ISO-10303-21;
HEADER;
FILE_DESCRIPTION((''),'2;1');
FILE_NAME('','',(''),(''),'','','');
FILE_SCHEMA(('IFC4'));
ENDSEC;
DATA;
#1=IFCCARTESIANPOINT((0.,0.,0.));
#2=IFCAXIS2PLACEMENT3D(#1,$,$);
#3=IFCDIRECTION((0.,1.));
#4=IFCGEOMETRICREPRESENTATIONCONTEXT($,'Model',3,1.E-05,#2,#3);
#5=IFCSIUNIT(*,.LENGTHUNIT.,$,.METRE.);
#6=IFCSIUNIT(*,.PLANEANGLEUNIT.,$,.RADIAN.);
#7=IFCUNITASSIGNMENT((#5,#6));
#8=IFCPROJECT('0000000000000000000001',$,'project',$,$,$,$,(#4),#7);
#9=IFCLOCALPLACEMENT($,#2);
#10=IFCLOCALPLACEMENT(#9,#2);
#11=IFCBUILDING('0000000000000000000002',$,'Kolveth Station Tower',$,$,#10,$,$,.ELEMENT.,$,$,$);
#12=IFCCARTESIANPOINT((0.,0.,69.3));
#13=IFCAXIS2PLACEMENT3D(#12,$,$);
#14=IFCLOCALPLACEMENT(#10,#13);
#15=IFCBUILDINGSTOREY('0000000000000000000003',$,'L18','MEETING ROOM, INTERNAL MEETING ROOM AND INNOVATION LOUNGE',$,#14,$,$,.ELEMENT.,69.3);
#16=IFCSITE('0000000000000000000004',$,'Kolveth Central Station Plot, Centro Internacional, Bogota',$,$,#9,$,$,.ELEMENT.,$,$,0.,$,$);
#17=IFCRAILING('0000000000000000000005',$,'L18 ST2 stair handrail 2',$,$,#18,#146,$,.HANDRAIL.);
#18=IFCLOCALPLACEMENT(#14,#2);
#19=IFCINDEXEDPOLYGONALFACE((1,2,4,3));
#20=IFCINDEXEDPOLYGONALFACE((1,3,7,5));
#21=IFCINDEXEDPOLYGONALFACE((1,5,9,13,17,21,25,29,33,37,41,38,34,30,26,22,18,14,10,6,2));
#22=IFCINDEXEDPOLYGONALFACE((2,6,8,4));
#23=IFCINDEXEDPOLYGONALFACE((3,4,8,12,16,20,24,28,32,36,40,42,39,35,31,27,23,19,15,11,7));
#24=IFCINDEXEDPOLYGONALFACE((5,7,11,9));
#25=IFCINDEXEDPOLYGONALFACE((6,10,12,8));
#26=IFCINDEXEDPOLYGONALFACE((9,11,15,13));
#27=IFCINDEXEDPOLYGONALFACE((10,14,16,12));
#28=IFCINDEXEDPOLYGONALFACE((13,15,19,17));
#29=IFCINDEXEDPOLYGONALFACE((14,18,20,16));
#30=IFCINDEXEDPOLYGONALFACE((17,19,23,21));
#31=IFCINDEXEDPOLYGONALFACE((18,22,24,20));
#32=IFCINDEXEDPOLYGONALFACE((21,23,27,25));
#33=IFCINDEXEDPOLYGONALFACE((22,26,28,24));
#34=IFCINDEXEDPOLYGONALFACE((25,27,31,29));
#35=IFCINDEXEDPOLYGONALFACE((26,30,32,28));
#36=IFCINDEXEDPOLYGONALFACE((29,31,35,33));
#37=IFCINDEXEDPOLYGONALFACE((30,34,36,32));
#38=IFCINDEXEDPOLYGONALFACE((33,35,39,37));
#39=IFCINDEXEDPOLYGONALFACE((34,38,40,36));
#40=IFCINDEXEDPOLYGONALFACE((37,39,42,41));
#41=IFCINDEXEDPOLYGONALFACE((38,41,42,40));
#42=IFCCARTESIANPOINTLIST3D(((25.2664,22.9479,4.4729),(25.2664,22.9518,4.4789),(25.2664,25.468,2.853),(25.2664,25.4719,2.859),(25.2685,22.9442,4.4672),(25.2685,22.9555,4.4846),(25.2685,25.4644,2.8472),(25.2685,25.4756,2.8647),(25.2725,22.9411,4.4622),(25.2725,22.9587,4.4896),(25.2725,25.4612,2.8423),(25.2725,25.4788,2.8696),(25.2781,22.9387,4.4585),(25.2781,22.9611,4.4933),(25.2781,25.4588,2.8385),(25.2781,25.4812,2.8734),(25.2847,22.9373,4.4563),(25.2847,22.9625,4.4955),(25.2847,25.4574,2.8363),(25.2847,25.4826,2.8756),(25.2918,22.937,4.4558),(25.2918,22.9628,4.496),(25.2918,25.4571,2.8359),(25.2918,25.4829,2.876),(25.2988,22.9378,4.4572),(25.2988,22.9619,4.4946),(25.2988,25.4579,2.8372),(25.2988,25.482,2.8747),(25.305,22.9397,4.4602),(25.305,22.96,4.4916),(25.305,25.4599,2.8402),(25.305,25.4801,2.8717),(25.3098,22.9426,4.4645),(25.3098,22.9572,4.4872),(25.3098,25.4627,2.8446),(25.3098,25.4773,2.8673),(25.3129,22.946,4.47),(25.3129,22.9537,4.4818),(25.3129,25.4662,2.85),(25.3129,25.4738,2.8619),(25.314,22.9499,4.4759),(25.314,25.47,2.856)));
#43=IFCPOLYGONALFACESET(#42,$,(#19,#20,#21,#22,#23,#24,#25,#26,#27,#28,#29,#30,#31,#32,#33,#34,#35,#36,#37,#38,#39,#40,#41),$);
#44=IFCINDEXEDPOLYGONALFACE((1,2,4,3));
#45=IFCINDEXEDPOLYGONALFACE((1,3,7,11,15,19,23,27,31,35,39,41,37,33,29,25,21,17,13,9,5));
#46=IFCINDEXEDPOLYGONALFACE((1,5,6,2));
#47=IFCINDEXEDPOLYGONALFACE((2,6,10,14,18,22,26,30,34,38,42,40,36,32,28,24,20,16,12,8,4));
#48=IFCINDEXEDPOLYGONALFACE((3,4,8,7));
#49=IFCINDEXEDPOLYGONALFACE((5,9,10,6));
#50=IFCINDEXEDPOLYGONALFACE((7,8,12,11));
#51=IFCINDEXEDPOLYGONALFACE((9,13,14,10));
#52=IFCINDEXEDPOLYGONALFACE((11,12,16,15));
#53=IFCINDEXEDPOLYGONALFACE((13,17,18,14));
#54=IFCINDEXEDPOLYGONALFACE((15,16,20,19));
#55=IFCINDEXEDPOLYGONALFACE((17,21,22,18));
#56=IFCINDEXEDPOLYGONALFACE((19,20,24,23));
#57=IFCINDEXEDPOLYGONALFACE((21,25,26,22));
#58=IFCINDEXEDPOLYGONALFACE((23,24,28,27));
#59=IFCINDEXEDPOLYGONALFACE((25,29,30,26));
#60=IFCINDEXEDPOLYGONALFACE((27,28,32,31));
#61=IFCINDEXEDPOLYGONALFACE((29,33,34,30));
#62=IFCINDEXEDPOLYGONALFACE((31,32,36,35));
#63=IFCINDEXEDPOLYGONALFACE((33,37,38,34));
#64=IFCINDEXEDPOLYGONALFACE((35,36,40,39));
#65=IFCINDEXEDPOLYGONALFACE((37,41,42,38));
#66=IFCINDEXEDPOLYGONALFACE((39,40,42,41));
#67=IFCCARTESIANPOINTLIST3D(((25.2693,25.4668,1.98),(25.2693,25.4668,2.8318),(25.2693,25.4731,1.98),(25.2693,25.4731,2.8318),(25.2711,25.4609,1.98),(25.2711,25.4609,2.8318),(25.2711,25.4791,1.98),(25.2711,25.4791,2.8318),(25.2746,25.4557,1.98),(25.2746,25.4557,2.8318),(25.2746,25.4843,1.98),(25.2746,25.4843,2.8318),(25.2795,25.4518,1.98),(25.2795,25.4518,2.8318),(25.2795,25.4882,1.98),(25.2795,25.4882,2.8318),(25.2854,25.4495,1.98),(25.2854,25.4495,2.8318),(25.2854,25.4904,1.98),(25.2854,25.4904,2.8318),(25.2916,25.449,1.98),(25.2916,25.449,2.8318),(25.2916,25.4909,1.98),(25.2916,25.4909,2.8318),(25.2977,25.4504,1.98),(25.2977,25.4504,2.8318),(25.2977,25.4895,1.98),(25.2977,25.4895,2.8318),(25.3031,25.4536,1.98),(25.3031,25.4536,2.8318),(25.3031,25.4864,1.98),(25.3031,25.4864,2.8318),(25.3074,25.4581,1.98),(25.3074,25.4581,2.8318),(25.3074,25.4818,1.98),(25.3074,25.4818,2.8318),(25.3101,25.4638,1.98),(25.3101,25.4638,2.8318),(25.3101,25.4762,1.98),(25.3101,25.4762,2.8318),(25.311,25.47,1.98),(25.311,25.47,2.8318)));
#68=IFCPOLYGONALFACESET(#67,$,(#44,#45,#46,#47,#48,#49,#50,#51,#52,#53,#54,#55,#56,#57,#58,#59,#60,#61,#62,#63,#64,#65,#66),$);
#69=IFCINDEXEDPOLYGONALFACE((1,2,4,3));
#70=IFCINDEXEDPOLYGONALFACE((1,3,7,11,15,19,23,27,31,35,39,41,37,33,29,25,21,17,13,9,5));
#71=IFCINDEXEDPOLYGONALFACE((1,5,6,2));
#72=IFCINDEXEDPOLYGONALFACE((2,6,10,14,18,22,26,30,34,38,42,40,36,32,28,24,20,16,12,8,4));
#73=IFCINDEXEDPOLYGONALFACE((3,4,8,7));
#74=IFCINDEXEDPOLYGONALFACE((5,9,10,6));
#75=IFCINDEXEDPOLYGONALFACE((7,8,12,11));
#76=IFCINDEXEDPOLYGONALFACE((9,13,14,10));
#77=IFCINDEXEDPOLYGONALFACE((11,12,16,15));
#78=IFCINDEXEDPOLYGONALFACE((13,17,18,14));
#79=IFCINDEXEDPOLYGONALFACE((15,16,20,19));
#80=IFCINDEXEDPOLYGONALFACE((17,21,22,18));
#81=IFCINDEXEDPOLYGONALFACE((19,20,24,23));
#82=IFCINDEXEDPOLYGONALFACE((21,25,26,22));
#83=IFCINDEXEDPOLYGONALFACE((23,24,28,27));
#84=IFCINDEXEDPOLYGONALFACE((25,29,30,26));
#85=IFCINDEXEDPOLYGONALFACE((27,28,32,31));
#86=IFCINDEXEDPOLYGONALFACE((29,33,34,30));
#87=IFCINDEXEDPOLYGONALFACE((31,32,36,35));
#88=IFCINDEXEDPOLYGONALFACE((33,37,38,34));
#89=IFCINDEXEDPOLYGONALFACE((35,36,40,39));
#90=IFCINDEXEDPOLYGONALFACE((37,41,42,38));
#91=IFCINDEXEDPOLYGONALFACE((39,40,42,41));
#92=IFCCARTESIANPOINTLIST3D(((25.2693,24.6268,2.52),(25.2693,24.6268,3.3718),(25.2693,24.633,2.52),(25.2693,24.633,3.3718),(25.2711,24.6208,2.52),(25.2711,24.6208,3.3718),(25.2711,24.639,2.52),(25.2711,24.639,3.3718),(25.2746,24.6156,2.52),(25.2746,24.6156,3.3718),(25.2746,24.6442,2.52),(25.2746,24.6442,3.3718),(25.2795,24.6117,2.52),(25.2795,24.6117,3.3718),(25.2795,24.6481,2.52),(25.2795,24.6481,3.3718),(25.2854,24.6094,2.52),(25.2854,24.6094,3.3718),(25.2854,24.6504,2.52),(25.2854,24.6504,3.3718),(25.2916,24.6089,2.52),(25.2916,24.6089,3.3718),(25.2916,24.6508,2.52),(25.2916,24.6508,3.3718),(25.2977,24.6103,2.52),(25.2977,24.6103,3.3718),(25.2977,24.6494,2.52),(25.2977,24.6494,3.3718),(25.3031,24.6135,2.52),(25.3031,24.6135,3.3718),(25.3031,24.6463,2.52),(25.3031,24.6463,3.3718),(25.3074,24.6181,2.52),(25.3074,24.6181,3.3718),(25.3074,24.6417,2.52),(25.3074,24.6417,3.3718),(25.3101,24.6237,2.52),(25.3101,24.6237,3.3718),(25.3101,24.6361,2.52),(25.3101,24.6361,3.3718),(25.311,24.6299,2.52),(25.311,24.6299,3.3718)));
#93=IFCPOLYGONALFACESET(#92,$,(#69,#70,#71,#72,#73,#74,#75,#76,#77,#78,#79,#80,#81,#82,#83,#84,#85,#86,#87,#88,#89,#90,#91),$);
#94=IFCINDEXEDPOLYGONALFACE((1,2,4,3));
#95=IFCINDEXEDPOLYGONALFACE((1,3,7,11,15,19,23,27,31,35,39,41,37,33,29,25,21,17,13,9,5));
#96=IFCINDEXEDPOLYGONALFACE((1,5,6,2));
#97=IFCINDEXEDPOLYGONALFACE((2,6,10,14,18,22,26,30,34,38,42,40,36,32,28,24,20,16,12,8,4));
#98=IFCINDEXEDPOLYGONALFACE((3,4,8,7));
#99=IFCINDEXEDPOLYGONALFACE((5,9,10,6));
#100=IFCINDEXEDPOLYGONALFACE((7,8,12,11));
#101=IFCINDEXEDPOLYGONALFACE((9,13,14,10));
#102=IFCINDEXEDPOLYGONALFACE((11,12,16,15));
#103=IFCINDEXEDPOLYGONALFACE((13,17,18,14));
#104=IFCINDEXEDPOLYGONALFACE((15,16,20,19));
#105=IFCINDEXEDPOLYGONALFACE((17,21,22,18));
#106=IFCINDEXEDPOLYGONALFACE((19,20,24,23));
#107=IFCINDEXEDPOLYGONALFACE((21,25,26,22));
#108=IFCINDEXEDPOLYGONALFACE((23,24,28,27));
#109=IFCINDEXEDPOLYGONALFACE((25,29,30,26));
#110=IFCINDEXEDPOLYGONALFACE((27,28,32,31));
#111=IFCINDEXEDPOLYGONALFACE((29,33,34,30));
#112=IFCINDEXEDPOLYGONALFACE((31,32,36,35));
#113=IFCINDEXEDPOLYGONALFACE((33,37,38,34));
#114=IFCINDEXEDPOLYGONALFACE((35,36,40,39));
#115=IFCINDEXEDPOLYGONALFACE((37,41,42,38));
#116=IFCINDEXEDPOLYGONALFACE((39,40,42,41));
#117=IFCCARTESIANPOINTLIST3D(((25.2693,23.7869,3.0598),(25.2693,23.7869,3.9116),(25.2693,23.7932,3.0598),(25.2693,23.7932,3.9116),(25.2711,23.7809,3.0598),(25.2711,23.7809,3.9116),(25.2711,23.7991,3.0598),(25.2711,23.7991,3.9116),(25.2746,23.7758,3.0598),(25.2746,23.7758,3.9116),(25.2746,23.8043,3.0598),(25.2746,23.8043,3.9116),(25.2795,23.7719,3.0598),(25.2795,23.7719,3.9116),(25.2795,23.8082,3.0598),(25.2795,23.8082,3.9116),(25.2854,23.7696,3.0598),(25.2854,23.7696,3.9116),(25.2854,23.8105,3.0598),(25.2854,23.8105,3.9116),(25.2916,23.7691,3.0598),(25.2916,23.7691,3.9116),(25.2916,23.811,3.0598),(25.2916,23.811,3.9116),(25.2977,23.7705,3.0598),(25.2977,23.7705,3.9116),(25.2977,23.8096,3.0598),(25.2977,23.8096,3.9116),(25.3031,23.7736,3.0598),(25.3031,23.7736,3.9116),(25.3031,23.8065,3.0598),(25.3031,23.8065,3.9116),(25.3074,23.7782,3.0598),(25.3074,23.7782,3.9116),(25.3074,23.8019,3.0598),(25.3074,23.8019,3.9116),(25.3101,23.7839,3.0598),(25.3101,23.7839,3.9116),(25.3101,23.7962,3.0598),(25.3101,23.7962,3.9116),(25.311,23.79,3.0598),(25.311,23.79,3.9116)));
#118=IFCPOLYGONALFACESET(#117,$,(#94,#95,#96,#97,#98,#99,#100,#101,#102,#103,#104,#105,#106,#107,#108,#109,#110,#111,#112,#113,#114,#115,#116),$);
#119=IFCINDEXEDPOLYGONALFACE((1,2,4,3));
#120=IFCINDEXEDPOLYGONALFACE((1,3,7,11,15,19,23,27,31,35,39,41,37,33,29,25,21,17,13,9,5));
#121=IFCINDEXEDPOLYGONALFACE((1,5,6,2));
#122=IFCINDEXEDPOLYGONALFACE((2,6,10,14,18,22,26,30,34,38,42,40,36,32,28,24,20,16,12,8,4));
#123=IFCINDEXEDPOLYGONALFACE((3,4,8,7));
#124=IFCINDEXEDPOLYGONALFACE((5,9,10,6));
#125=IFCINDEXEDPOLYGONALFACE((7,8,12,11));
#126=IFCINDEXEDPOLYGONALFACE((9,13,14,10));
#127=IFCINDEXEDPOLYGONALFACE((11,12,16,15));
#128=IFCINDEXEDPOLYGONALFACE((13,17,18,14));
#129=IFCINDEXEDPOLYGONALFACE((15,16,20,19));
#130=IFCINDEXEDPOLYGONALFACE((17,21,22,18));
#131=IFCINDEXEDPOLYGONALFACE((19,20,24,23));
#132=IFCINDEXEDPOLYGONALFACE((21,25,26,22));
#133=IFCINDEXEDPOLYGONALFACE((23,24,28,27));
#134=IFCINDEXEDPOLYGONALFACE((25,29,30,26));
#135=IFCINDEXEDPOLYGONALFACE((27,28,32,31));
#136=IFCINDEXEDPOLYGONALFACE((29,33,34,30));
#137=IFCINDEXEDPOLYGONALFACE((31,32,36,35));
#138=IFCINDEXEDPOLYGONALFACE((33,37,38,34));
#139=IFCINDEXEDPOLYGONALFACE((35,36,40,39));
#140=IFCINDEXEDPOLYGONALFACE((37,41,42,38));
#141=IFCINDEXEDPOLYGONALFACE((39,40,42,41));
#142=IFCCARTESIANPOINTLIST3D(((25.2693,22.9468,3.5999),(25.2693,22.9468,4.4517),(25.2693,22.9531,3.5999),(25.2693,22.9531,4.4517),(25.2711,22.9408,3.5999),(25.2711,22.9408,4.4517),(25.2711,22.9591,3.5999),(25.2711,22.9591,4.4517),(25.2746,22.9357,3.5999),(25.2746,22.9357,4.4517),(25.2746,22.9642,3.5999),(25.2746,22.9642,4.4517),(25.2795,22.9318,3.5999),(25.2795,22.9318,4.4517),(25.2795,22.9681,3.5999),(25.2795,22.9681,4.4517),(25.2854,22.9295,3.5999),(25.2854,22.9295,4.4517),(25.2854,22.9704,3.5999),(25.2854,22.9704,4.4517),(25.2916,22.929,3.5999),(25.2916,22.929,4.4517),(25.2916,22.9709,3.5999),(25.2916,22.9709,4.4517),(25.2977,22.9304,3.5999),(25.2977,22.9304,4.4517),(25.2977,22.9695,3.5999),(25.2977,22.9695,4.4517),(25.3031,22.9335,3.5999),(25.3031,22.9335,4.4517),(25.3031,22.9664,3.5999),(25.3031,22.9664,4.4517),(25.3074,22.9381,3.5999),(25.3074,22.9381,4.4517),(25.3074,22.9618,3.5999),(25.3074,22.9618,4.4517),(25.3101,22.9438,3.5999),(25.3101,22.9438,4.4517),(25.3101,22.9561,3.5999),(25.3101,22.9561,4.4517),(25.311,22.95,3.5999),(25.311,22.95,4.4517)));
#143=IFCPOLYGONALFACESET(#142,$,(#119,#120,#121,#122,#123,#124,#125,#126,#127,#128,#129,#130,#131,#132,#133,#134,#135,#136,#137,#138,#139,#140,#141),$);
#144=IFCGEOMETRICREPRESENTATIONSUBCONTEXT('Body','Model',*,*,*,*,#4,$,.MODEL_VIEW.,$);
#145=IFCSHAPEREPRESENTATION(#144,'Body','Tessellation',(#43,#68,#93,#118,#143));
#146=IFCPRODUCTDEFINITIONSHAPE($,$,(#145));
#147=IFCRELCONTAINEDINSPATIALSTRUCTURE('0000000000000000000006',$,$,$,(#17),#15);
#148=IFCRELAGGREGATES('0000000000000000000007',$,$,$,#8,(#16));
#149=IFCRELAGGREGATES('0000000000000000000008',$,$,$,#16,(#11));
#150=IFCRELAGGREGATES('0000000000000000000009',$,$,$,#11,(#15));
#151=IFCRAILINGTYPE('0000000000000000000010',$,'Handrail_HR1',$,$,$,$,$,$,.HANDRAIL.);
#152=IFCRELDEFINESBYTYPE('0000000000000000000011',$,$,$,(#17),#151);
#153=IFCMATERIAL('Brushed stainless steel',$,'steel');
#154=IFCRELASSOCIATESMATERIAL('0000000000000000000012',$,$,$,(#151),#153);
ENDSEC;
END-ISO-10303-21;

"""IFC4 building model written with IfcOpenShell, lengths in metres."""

from ifc_helpers import new_model, si_unit, direction, frame, origin, origin_2d, place, context, subcontext, project, spatial, circle, extrude, material, type_object, element, save


model = new_model("IFC4")

# Units and contexts
model_context = context("Model", 3, precision=1e-05, world=origin(), true_north=direction((0.0, 1.0)))
body_context = subcontext(model_context, "Body", "Model", "MODEL_VIEW")
ifc_project = project(units=[si_unit("LENGTHUNIT", "METRE"), si_unit("PLANEANGLEUNIT", "RADIAN")], contexts=[model_context])

# Site, building, storey
site_placement = place(None, origin())
site = spatial("IfcSite", under=ifc_project, at=site_placement, Name="Kolveth Central Station Plot, Centro Internacional, Bogota", CompositionType="ELEMENT", RefElevation=0.0)
building_placement = place(site_placement, origin())
building = spatial("IfcBuilding", under=site, at=building_placement, Name="Kolveth Station Tower", CompositionType="ELEMENT")
storey_placement = place(building_placement, frame((0.0, 0.0, 69.3)))
storey = spatial("IfcBuildingStorey", under=building, at=storey_placement, Name="L18", Description="MEETING ROOM, INTERNAL MEETING ROOM AND INNOVATION LOUNGE", CompositionType="ELEMENT", Elevation=69.3)

# Railing
ifc_material_1 = material(Name="Brushed stainless steel", Category="steel")
railing_type_1 = type_object("IfcRailingType", Name="Handrail_HR1", PredefinedType="HANDRAIL", material=ifc_material_1)
railing_1_placement = place(storey_placement, frame((25.29, 25.47, 1.98)))
element("IfcRailing", 1, at=railing_1_placement, inside=storey, type_object=railing_type_1, Name="L18 ST2 stair handrail 2", PredefinedType="HANDRAIL", context=body_context, shape_type="SweptSolid", body=[
    extrude(circle(Radius=0.0239, at=origin_2d()), frame((0.0, 0.0, 0.876), z_axis=(0.0, -0.8412, 0.540725), x_axis=(1.0, 0.0, 0.0)), (0.0, 0.0, 1.0), 2.9958),
    extrude(circle(Radius=0.021, at=origin_2d()), origin(), (0.0, 0.0, 1.0), 0.8518),
    extrude(circle(Radius=0.021, at=origin_2d()), frame((0.0, -0.8401, 0.54)), (0.0, 0.0, 1.0), 0.8518),
    extrude(circle(Radius=0.021, at=origin_2d()), frame((0.0, -1.6799, 1.0798)), (0.0, 0.0, 1.0), 0.8518),
    extrude(circle(Radius=0.021, at=origin_2d()), frame((0.0, -2.52, 1.6199)), (0.0, 0.0, 1.0), 0.8518),
])

save(model, "model.ifc")
